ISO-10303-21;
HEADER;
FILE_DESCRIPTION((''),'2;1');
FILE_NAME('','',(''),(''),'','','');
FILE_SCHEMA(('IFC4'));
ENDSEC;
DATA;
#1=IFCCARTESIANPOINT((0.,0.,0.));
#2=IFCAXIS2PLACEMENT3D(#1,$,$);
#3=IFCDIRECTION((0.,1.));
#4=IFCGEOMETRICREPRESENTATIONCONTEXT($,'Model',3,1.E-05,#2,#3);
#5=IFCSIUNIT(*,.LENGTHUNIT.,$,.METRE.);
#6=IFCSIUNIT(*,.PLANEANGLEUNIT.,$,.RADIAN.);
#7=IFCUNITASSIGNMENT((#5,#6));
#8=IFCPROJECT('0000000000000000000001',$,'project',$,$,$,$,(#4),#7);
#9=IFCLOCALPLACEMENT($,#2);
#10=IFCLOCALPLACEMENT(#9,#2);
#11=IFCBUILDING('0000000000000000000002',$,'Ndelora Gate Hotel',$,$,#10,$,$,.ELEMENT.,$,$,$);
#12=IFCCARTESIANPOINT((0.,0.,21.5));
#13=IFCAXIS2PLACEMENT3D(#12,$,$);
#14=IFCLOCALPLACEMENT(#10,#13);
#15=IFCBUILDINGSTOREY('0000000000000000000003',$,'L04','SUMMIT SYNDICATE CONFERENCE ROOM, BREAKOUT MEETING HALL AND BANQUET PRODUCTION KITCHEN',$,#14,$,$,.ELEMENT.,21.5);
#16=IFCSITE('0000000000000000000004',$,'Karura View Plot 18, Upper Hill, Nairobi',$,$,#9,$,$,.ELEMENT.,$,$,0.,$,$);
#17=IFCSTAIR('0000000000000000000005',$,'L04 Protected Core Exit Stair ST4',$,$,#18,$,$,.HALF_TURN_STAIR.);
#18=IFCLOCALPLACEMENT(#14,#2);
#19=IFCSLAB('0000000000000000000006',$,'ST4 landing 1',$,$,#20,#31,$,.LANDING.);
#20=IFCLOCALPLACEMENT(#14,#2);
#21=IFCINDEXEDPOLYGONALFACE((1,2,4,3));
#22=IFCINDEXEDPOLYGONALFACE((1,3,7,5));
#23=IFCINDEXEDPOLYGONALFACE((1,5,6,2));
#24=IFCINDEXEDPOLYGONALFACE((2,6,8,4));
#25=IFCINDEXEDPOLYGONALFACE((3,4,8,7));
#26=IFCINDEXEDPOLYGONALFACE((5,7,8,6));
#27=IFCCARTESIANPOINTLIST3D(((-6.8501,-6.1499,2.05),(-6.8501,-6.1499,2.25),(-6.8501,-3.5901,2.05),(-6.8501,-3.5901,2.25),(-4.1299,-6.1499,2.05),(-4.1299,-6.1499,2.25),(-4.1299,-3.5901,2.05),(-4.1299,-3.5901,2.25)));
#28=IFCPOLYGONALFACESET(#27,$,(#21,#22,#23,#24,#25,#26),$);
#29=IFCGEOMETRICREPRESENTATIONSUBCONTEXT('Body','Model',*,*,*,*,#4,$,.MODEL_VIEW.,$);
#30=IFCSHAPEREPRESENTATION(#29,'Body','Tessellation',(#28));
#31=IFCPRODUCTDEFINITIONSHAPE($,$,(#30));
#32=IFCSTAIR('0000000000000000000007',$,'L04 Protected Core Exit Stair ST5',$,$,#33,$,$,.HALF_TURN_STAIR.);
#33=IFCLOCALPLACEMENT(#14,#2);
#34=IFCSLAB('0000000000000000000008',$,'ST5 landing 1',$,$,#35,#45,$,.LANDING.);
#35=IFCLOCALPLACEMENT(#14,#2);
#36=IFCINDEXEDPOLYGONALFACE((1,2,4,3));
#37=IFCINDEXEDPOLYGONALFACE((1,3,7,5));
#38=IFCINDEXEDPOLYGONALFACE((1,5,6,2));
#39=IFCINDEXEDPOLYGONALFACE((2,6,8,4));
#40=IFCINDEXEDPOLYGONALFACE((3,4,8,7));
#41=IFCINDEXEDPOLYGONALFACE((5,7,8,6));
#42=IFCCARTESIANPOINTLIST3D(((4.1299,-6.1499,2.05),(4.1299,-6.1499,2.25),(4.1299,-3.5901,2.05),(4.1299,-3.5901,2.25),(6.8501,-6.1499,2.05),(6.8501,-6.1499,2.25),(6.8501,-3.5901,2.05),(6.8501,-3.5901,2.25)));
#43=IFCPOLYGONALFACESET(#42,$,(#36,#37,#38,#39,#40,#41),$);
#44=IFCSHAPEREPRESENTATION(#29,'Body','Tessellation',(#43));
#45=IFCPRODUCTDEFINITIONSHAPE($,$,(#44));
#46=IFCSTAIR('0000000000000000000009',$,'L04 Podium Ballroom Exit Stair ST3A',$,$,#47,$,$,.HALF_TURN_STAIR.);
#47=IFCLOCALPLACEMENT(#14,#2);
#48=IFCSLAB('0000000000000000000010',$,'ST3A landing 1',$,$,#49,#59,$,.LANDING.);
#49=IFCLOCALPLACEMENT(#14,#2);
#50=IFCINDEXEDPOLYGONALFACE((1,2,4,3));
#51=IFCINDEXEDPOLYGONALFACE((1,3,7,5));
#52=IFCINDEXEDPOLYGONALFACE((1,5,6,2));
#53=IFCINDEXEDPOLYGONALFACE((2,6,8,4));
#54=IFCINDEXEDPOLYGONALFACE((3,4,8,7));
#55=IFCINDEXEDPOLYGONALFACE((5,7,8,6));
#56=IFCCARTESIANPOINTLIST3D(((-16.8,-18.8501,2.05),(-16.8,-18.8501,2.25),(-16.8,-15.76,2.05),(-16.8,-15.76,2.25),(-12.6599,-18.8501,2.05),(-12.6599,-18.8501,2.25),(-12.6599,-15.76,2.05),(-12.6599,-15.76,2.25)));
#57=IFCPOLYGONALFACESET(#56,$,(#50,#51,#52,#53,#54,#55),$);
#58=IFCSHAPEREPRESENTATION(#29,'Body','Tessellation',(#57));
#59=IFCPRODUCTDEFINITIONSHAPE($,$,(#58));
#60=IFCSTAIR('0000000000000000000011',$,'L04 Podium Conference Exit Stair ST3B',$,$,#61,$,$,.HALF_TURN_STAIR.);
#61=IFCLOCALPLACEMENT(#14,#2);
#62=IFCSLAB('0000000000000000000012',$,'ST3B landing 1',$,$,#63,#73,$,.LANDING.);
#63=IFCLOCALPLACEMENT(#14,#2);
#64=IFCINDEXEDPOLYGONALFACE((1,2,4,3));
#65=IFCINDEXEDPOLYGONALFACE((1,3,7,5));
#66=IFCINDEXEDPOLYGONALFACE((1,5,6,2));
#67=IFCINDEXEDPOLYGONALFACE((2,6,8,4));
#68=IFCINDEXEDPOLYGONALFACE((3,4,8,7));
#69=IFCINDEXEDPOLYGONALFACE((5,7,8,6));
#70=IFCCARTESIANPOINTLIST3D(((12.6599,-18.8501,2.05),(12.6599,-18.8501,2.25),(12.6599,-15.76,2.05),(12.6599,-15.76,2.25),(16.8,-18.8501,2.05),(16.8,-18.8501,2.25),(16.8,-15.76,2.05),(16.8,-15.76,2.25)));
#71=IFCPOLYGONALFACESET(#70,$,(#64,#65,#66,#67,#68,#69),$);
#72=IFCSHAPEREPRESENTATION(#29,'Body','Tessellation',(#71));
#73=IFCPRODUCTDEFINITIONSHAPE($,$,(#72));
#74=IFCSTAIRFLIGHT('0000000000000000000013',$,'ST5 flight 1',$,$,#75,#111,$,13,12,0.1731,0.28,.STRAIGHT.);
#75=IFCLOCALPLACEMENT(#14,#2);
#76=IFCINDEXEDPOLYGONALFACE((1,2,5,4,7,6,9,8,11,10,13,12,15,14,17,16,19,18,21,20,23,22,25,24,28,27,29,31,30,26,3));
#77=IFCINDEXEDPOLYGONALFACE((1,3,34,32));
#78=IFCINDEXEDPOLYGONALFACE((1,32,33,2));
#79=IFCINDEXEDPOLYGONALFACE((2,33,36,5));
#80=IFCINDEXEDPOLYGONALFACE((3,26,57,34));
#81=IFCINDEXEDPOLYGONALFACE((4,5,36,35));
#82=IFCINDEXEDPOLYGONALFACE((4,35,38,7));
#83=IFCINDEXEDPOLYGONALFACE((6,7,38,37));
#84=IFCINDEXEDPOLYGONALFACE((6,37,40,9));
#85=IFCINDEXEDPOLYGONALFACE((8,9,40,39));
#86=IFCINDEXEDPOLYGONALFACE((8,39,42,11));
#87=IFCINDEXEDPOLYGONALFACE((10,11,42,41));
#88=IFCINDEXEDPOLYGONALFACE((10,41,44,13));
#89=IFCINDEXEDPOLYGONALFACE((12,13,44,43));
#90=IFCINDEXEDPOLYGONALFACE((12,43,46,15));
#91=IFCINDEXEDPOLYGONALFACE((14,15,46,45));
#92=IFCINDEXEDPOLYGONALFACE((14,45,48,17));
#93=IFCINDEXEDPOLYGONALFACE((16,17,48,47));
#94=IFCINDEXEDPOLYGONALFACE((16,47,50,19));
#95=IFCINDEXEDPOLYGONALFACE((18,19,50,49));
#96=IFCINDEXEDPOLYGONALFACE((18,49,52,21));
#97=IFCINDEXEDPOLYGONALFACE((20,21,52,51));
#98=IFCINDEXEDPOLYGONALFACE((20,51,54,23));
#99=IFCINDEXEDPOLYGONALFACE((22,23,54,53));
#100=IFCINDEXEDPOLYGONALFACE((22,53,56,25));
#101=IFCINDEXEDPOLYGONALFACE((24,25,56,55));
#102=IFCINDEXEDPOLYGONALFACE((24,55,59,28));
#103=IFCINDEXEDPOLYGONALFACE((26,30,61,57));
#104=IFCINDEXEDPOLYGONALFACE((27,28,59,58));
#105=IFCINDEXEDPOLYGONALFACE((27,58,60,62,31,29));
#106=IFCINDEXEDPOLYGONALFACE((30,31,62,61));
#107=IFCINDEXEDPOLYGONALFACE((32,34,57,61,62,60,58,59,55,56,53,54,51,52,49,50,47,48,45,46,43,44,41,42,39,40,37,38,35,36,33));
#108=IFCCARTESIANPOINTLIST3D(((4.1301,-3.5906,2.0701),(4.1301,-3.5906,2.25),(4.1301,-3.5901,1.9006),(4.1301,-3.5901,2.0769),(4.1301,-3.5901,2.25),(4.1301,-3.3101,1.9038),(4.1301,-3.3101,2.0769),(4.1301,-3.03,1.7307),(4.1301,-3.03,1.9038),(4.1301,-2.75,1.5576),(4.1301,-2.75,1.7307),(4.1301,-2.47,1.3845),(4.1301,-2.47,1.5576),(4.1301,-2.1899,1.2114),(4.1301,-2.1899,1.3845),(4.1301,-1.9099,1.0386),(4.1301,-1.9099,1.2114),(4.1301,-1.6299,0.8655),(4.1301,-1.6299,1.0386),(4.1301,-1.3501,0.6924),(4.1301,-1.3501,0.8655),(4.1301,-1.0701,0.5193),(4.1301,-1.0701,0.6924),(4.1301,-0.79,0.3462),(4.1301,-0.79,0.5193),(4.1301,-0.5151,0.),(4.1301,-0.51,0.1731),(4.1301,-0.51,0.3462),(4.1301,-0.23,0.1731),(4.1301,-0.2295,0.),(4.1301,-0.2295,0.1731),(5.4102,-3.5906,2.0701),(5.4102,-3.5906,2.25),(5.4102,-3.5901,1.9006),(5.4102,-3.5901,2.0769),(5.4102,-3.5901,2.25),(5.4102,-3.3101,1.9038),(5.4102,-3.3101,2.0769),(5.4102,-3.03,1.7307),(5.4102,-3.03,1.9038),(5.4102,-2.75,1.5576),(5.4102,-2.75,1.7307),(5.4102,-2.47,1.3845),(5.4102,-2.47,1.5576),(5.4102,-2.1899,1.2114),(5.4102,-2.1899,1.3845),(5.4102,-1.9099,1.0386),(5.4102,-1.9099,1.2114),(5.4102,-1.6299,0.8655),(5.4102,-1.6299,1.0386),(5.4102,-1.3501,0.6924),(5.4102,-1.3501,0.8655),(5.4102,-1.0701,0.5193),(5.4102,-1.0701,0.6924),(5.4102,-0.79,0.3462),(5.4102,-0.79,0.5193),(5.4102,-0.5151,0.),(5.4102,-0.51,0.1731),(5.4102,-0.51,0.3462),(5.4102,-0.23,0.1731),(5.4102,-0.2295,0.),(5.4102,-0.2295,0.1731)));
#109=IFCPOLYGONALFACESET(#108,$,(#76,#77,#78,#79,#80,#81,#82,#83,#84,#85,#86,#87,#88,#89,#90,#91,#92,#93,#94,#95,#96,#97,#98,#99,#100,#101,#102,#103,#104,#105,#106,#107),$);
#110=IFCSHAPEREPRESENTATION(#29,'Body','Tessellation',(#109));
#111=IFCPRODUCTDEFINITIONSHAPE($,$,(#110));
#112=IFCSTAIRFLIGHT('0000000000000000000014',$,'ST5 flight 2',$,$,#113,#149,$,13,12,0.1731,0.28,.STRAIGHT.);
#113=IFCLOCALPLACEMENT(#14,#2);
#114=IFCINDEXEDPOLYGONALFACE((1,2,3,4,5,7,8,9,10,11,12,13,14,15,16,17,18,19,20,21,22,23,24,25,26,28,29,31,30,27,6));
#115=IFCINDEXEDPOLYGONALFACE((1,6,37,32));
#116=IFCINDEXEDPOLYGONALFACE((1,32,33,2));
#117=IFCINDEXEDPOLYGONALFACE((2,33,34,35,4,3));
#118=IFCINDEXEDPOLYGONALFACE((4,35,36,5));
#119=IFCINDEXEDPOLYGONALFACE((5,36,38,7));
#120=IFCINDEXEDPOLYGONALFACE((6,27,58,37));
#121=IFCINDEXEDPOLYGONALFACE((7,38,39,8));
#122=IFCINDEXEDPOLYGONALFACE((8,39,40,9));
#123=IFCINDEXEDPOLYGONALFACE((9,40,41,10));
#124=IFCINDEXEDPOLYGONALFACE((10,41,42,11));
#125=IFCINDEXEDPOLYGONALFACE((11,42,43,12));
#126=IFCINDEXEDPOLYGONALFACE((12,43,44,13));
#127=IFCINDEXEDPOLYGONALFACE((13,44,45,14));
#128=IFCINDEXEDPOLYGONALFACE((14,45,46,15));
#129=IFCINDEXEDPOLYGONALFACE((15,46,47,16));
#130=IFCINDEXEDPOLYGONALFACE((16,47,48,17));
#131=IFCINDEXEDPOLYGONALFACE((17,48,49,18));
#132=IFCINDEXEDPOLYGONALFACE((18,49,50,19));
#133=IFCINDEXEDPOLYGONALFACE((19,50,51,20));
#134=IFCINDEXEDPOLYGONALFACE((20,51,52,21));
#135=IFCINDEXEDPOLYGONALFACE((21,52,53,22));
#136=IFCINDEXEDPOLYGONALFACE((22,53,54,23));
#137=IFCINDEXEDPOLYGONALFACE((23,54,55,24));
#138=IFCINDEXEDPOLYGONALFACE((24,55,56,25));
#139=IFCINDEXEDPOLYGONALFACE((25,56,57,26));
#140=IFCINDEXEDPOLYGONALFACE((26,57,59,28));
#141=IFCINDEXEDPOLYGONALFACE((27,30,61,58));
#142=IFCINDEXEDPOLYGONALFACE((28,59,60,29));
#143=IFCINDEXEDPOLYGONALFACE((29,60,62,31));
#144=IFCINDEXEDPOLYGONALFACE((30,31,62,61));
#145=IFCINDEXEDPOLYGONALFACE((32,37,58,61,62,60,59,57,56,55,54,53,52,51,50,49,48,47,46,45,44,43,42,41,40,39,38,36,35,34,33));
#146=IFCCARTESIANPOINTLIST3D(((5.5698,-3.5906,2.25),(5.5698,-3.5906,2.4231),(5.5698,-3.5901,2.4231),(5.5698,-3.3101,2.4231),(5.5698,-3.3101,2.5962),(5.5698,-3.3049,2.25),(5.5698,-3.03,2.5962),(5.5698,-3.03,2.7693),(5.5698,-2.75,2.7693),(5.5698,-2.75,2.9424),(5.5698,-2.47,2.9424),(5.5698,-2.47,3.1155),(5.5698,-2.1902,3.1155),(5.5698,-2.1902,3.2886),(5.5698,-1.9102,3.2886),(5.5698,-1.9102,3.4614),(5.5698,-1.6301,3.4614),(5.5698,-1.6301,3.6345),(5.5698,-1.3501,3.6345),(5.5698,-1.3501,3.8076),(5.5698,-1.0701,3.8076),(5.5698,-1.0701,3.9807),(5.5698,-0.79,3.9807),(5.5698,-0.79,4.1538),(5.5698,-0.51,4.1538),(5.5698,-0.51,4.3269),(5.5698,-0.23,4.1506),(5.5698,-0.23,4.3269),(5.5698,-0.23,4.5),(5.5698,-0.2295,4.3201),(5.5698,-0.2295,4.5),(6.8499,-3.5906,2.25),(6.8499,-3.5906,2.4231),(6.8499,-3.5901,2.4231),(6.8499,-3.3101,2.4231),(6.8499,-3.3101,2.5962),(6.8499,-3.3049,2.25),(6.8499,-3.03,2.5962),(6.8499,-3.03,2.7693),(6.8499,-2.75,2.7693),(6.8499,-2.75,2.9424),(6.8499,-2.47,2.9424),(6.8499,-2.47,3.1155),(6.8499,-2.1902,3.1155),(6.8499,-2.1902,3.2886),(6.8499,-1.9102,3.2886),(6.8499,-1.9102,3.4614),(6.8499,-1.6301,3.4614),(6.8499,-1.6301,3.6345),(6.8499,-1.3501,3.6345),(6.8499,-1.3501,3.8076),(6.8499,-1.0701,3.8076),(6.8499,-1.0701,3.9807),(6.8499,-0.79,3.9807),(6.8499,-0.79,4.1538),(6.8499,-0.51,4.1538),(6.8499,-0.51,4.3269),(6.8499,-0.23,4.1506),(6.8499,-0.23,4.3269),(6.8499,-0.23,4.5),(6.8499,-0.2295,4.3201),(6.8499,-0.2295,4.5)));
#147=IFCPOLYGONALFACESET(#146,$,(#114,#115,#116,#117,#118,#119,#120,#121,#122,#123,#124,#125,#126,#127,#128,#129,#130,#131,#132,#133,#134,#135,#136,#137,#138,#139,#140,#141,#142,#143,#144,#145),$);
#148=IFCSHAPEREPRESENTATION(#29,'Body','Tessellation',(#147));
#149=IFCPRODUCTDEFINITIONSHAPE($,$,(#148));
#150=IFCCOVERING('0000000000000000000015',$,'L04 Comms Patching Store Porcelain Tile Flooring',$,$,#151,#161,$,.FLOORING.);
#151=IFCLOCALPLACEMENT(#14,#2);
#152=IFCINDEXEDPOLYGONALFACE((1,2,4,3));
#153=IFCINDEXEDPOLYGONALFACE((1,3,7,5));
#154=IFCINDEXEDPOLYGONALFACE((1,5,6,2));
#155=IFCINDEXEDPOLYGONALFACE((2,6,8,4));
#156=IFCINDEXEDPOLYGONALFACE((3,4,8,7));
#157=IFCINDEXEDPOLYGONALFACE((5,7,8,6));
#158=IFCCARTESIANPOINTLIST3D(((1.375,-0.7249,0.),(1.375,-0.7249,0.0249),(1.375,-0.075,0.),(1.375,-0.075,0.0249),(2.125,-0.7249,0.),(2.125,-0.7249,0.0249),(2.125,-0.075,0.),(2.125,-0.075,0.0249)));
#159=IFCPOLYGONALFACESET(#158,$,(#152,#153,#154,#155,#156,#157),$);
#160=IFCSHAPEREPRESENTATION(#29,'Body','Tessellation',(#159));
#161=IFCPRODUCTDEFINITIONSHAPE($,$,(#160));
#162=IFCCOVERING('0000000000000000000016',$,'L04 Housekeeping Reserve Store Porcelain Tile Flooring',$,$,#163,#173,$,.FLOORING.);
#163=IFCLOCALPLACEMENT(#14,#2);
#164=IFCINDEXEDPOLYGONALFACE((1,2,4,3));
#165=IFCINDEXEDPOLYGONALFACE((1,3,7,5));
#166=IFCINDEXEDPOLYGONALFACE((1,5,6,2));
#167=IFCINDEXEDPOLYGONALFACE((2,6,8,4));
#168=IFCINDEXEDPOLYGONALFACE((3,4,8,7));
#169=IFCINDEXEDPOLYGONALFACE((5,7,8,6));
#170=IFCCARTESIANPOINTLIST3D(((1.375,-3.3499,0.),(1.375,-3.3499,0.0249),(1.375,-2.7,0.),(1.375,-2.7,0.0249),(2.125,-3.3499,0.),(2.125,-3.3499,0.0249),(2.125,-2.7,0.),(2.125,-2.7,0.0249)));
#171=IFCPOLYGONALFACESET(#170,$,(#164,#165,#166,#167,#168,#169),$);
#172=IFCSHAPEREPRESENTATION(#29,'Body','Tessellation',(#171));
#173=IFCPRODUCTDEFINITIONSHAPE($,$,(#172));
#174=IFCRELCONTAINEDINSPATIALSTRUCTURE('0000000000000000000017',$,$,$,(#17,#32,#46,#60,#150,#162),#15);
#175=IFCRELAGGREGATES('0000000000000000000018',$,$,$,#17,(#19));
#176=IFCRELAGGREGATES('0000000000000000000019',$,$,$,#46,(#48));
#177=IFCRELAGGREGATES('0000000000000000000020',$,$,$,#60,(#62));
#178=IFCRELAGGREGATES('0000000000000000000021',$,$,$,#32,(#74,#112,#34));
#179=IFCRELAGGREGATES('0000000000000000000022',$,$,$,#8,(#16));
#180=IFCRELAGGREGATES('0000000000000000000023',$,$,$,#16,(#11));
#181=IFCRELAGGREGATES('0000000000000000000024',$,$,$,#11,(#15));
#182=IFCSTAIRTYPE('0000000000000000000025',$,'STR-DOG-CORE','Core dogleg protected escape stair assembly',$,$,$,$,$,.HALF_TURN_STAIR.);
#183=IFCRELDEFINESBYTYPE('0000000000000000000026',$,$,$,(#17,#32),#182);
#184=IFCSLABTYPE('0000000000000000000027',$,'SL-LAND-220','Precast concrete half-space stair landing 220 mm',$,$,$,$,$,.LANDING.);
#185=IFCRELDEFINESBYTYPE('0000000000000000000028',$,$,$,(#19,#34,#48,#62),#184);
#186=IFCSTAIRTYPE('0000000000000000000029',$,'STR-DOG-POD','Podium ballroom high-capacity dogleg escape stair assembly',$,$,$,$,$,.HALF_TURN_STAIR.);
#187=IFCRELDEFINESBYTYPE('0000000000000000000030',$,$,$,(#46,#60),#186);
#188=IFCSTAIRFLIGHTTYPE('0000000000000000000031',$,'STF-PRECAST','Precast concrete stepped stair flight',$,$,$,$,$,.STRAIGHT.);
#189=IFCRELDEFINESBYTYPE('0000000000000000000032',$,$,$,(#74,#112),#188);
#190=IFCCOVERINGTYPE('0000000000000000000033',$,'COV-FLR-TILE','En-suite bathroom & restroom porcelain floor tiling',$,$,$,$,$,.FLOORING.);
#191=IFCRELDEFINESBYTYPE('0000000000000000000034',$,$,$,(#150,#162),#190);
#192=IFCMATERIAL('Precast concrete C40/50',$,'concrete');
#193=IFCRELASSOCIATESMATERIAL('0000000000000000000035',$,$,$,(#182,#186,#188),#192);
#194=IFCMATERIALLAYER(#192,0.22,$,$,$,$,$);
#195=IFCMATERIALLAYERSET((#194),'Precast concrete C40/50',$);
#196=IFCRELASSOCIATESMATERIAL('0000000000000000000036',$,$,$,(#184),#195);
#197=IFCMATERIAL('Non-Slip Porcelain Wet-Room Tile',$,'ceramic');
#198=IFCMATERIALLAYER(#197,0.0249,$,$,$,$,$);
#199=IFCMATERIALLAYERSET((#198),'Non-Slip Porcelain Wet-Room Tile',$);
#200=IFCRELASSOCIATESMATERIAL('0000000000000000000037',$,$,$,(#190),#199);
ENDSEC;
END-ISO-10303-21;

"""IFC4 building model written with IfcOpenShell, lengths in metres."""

from ifc_helpers import new_model, si_unit, direction, frame, origin, origin_2d, place, context, subcontext, project, spatial, polyline, rectangle, outline, extrude, material, layer, layer_set, type_object, element, aggregate, save


model = new_model("IFC4")

# Units and contexts
model_context = context("Model", 3, precision=1e-05, world=origin(), true_north=direction((0.0, 1.0)))
body_context = subcontext(model_context, "Body", "Model", "MODEL_VIEW")
ifc_project = project(units=[si_unit("LENGTHUNIT", "METRE"), si_unit("PLANEANGLEUNIT", "RADIAN")], contexts=[model_context])

# Site, building, storey
site_placement = place(None, origin())
site = spatial("IfcSite", under=ifc_project, at=site_placement, Name="Karura View Plot 18, Upper Hill, Nairobi", CompositionType="ELEMENT", RefElevation=0.0)
building_placement = place(site_placement, origin())
building = spatial("IfcBuilding", under=site, at=building_placement, Name="Ndelora Gate Hotel", CompositionType="ELEMENT")
storey_placement = place(building_placement, frame((0.0, 0.0, 21.5)))
storey = spatial("IfcBuildingStorey", under=building, at=storey_placement, Name="L04", Description="SUMMIT SYNDICATE CONFERENCE ROOM, BREAKOUT MEETING HALL AND BANQUET PRODUCTION KITCHEN", CompositionType="ELEMENT", Elevation=21.5)

# Stairs, slabs
ifc_material_1 = material(Name="Precast concrete C40/50", Category="concrete")
stair_type_1 = type_object("IfcStairType", Name="STR-DOG-CORE", Description="Core dogleg protected escape stair assembly", PredefinedType="HALF_TURN_STAIR", material=ifc_material_1)
stair_1_placement = place(storey_placement, origin())
stair_1 = element("IfcStair", 1, at=stair_1_placement, inside=storey, type_object=stair_type_1, Name="L04 Protected Core Exit Stair ST4", PredefinedType="HALF_TURN_STAIR")
ifc_layer_1 = layer(ifc_material_1, 0.22)
ifc_layer_set_1 = layer_set([ifc_layer_1], Name="Precast concrete C40/50")
slab_type = type_object("IfcSlabType", Name="SL-LAND-220", Description="Precast concrete half-space stair landing 220 mm", PredefinedType="LANDING", material=ifc_layer_set_1)
slab_1_placement = place(storey_placement, frame((0.0, 0.0, 2.05)))
slab_1 = element("IfcSlab", 2, at=slab_1_placement, type_object=slab_type, Name="ST4 landing 1", PredefinedType="LANDING", context=body_context, shape_type="SweptSolid", body=[
    extrude(outline(polyline([(-6.8501, -3.5901), (-6.8501, -6.1499), (-4.1299, -6.1499), (-4.1299, -3.5901), (-6.8501, -3.5901)])), origin(), (0.0, 0.0, 1.0), 0.2),
])
aggregate(stair_1, [slab_1])
stair_2_placement = place(storey_placement, origin())
stair_2 = element("IfcStair", 3, at=stair_2_placement, inside=storey, type_object=stair_type_1, Name="L04 Protected Core Exit Stair ST5", PredefinedType="HALF_TURN_STAIR")
slab_2_placement = place(storey_placement, frame((0.0, 0.0, 2.05)))
slab_2 = element("IfcSlab", 4, at=slab_2_placement, type_object=slab_type, Name="ST5 landing 1", PredefinedType="LANDING", context=body_context, shape_type="SweptSolid", body=[
    extrude(outline(polyline([(4.1299, -3.5901), (4.1299, -6.1499), (6.8501, -6.1499), (6.8501, -3.5901), (4.1299, -3.5901)])), origin(), (0.0, 0.0, 1.0), 0.2),
])
stair_type_2 = type_object("IfcStairType", Name="STR-DOG-POD", Description="Podium ballroom high-capacity dogleg escape stair assembly", PredefinedType="HALF_TURN_STAIR", material=ifc_material_1)
stair_3_placement = place(storey_placement, origin())
stair_3 = element("IfcStair", 5, at=stair_3_placement, inside=storey, type_object=stair_type_2, Name="L04 Podium Ballroom Exit Stair ST3A", PredefinedType="HALF_TURN_STAIR")
slab_3_placement = place(storey_placement, frame((0.0, 0.0, 2.05)))
slab_3 = element("IfcSlab", 6, at=slab_3_placement, type_object=slab_type, Name="ST3A landing 1", PredefinedType="LANDING", context=body_context, shape_type="SweptSolid", body=[
    extrude(outline(polyline([(-16.8, -15.76), (-16.8, -18.8501), (-12.6599, -18.8501), (-12.6599, -15.76), (-16.8, -15.76)])), origin(), (0.0, 0.0, 1.0), 0.2),
])
aggregate(stair_3, [slab_3])
stair_4_placement = place(storey_placement, origin())
stair_4 = element("IfcStair", 7, at=stair_4_placement, inside=storey, type_object=stair_type_2, Name="L04 Podium Conference Exit Stair ST3B", PredefinedType="HALF_TURN_STAIR")
slab_4_placement = place(storey_placement, frame((0.0, 0.0, 2.05)))
slab_4 = element("IfcSlab", 8, at=slab_4_placement, type_object=slab_type, Name="ST3B landing 1", PredefinedType="LANDING", context=body_context, shape_type="SweptSolid", body=[
    extrude(outline(polyline([(12.6599, -15.76), (12.6599, -18.8501), (16.8, -18.8501), (16.8, -15.76), (12.6599, -15.76)])), origin(), (0.0, 0.0, 1.0), 0.2),
])
aggregate(stair_4, [slab_4])

# Stair flights
stair_flight_type = type_object("IfcStairFlightType", Name="STF-PRECAST", Description="Precast concrete stepped stair flight", PredefinedType="STRAIGHT", material=ifc_material_1)
stair_flight_1_placement = place(storey_placement, frame((4.77, -0.23, 0.0), z_axis=(0.0, 0.0, 1.0), x_axis=(0.0, -1.0, 0.0)))
stair_flight_1 = element("IfcStairFlight", 9, at=stair_flight_1_placement, type_object=stair_flight_type, Name="ST5 flight 1", NumberOfRisers=13, NumberOfTreads=12, PredefinedType="STRAIGHT", RiserHeight=0.1731, TreadLength=0.28, context=body_context, shape_type="SweptSolid", body=[
    extrude(outline(polyline([(-0.0005, 0.0), (-0.0005, 0.1731), (0.0, 0.1731), (0.28, 0.1731), (0.28, 0.3462), (0.5601, 0.3462), (0.5601, 0.5193), (0.8401, 0.5193), (0.8401, 0.6924), (1.1201, 0.6924), (1.1201, 0.8655), (1.3999, 0.8655), (1.3999, 1.0386), (1.6799, 1.0386), (1.6799, 1.2114), (1.96, 1.2114), (1.96, 1.3845), (2.24, 1.3845), (2.24, 1.5576), (2.52, 1.5576), (2.52, 1.7307), (2.8, 1.7307), (2.8, 1.9038), (3.0801, 1.9038), (3.0801, 2.0769), (3.3601, 2.0769), (3.3601, 2.25), (3.3606, 2.25), (3.3606, 2.0701), (3.3601, 1.9006), (0.2852, 0.0), (-0.0005, 0.0)])), frame((0.0, 0.6401, 0.0), z_axis=(0.0, -1.0, 0.0), x_axis=(1.0, 0.0, 0.0)), (0.0, 0.0, 1.0), 1.28),
])
stair_flight_2_placement = place(storey_placement, frame((6.21, -3.5901, 2.25), z_axis=(0.0, 0.0, 1.0), x_axis=(0.0, 1.0, 0.0)))
stair_flight_2 = element("IfcStairFlight", 10, at=stair_flight_2_placement, type_object=stair_flight_type, Name="ST5 flight 2", NumberOfRisers=13, NumberOfTreads=12, PredefinedType="STRAIGHT", RiserHeight=0.1731, TreadLength=0.28, context=body_context, shape_type="SweptSolid", body=[
    extrude(outline(polyline([(-0.0005, 0.0), (-0.0005, 0.1731), (0.0, 0.1731), (0.28, 0.1731), (0.28, 0.3462), (0.5601, 0.3462), (0.5601, 0.5193), (0.8401, 0.5193), (0.8401, 0.6924), (1.1201, 0.6924), (1.1201, 0.8655), (1.3999, 0.8655), (1.3999, 1.0386), (1.6799, 1.0386), (1.6799, 1.2114), (1.96, 1.2114), (1.96, 1.3845), (2.24, 1.3845), (2.24, 1.5576), (2.52, 1.5576), (2.52, 1.7307), (2.8, 1.7307), (2.8, 1.9038), (3.0801, 1.9038), (3.0801, 2.0769), (3.3601, 2.0769), (3.3601, 2.25), (3.3606, 2.25), (3.3606, 2.0701), (3.3601, 1.9006), (0.2852, 0.0), (-0.0005, 0.0)])), frame((0.0, 0.6401, 0.0), z_axis=(0.0, -1.0, 0.0), x_axis=(1.0, 0.0, 0.0)), (0.0, 0.0, 1.0), 1.28),
])
aggregate(stair_2, [stair_flight_1, stair_flight_2, slab_2])

# Coverings
ifc_material_2 = material(Name="Non-Slip Porcelain Wet-Room Tile", Category="ceramic")
ifc_layer_2 = layer(ifc_material_2, 0.0249)
ifc_layer_set_2 = layer_set([ifc_layer_2], Name="Non-Slip Porcelain Wet-Room Tile")
covering_type = type_object("IfcCoveringType", Name="COV-FLR-TILE", Description="En-suite bathroom & restroom porcelain floor tiling", PredefinedType="FLOORING", material=ifc_layer_set_2)
for number, where, z_axis, x_axis, name in (
    (11, (1.75, -0.3999, 0.0), (0.0, 0.0, 1.0), (1.0, 0.0, 0.0), "L04 Comms Patching Store Porcelain Tile Flooring"),
    (12, (1.75, -3.0249, 0.0), (0.0, 0.0, 1.0), (1.0, 0.0, 0.0), "L04 Housekeeping Reserve Store Porcelain Tile Flooring"),
):
    element("IfcCovering", number, at=place(storey_placement, frame(where, z_axis=z_axis, x_axis=x_axis)), inside=storey, type_object=covering_type, Name=name, PredefinedType="FLOORING", context=body_context, shape_type="SweptSolid", body=[
        extrude(rectangle(XDim=0.75, YDim=0.6499, at=origin_2d()), origin(), (0.0, 0.0, 1.0), 0.0249),
    ])

save(model, "model.ifc")
